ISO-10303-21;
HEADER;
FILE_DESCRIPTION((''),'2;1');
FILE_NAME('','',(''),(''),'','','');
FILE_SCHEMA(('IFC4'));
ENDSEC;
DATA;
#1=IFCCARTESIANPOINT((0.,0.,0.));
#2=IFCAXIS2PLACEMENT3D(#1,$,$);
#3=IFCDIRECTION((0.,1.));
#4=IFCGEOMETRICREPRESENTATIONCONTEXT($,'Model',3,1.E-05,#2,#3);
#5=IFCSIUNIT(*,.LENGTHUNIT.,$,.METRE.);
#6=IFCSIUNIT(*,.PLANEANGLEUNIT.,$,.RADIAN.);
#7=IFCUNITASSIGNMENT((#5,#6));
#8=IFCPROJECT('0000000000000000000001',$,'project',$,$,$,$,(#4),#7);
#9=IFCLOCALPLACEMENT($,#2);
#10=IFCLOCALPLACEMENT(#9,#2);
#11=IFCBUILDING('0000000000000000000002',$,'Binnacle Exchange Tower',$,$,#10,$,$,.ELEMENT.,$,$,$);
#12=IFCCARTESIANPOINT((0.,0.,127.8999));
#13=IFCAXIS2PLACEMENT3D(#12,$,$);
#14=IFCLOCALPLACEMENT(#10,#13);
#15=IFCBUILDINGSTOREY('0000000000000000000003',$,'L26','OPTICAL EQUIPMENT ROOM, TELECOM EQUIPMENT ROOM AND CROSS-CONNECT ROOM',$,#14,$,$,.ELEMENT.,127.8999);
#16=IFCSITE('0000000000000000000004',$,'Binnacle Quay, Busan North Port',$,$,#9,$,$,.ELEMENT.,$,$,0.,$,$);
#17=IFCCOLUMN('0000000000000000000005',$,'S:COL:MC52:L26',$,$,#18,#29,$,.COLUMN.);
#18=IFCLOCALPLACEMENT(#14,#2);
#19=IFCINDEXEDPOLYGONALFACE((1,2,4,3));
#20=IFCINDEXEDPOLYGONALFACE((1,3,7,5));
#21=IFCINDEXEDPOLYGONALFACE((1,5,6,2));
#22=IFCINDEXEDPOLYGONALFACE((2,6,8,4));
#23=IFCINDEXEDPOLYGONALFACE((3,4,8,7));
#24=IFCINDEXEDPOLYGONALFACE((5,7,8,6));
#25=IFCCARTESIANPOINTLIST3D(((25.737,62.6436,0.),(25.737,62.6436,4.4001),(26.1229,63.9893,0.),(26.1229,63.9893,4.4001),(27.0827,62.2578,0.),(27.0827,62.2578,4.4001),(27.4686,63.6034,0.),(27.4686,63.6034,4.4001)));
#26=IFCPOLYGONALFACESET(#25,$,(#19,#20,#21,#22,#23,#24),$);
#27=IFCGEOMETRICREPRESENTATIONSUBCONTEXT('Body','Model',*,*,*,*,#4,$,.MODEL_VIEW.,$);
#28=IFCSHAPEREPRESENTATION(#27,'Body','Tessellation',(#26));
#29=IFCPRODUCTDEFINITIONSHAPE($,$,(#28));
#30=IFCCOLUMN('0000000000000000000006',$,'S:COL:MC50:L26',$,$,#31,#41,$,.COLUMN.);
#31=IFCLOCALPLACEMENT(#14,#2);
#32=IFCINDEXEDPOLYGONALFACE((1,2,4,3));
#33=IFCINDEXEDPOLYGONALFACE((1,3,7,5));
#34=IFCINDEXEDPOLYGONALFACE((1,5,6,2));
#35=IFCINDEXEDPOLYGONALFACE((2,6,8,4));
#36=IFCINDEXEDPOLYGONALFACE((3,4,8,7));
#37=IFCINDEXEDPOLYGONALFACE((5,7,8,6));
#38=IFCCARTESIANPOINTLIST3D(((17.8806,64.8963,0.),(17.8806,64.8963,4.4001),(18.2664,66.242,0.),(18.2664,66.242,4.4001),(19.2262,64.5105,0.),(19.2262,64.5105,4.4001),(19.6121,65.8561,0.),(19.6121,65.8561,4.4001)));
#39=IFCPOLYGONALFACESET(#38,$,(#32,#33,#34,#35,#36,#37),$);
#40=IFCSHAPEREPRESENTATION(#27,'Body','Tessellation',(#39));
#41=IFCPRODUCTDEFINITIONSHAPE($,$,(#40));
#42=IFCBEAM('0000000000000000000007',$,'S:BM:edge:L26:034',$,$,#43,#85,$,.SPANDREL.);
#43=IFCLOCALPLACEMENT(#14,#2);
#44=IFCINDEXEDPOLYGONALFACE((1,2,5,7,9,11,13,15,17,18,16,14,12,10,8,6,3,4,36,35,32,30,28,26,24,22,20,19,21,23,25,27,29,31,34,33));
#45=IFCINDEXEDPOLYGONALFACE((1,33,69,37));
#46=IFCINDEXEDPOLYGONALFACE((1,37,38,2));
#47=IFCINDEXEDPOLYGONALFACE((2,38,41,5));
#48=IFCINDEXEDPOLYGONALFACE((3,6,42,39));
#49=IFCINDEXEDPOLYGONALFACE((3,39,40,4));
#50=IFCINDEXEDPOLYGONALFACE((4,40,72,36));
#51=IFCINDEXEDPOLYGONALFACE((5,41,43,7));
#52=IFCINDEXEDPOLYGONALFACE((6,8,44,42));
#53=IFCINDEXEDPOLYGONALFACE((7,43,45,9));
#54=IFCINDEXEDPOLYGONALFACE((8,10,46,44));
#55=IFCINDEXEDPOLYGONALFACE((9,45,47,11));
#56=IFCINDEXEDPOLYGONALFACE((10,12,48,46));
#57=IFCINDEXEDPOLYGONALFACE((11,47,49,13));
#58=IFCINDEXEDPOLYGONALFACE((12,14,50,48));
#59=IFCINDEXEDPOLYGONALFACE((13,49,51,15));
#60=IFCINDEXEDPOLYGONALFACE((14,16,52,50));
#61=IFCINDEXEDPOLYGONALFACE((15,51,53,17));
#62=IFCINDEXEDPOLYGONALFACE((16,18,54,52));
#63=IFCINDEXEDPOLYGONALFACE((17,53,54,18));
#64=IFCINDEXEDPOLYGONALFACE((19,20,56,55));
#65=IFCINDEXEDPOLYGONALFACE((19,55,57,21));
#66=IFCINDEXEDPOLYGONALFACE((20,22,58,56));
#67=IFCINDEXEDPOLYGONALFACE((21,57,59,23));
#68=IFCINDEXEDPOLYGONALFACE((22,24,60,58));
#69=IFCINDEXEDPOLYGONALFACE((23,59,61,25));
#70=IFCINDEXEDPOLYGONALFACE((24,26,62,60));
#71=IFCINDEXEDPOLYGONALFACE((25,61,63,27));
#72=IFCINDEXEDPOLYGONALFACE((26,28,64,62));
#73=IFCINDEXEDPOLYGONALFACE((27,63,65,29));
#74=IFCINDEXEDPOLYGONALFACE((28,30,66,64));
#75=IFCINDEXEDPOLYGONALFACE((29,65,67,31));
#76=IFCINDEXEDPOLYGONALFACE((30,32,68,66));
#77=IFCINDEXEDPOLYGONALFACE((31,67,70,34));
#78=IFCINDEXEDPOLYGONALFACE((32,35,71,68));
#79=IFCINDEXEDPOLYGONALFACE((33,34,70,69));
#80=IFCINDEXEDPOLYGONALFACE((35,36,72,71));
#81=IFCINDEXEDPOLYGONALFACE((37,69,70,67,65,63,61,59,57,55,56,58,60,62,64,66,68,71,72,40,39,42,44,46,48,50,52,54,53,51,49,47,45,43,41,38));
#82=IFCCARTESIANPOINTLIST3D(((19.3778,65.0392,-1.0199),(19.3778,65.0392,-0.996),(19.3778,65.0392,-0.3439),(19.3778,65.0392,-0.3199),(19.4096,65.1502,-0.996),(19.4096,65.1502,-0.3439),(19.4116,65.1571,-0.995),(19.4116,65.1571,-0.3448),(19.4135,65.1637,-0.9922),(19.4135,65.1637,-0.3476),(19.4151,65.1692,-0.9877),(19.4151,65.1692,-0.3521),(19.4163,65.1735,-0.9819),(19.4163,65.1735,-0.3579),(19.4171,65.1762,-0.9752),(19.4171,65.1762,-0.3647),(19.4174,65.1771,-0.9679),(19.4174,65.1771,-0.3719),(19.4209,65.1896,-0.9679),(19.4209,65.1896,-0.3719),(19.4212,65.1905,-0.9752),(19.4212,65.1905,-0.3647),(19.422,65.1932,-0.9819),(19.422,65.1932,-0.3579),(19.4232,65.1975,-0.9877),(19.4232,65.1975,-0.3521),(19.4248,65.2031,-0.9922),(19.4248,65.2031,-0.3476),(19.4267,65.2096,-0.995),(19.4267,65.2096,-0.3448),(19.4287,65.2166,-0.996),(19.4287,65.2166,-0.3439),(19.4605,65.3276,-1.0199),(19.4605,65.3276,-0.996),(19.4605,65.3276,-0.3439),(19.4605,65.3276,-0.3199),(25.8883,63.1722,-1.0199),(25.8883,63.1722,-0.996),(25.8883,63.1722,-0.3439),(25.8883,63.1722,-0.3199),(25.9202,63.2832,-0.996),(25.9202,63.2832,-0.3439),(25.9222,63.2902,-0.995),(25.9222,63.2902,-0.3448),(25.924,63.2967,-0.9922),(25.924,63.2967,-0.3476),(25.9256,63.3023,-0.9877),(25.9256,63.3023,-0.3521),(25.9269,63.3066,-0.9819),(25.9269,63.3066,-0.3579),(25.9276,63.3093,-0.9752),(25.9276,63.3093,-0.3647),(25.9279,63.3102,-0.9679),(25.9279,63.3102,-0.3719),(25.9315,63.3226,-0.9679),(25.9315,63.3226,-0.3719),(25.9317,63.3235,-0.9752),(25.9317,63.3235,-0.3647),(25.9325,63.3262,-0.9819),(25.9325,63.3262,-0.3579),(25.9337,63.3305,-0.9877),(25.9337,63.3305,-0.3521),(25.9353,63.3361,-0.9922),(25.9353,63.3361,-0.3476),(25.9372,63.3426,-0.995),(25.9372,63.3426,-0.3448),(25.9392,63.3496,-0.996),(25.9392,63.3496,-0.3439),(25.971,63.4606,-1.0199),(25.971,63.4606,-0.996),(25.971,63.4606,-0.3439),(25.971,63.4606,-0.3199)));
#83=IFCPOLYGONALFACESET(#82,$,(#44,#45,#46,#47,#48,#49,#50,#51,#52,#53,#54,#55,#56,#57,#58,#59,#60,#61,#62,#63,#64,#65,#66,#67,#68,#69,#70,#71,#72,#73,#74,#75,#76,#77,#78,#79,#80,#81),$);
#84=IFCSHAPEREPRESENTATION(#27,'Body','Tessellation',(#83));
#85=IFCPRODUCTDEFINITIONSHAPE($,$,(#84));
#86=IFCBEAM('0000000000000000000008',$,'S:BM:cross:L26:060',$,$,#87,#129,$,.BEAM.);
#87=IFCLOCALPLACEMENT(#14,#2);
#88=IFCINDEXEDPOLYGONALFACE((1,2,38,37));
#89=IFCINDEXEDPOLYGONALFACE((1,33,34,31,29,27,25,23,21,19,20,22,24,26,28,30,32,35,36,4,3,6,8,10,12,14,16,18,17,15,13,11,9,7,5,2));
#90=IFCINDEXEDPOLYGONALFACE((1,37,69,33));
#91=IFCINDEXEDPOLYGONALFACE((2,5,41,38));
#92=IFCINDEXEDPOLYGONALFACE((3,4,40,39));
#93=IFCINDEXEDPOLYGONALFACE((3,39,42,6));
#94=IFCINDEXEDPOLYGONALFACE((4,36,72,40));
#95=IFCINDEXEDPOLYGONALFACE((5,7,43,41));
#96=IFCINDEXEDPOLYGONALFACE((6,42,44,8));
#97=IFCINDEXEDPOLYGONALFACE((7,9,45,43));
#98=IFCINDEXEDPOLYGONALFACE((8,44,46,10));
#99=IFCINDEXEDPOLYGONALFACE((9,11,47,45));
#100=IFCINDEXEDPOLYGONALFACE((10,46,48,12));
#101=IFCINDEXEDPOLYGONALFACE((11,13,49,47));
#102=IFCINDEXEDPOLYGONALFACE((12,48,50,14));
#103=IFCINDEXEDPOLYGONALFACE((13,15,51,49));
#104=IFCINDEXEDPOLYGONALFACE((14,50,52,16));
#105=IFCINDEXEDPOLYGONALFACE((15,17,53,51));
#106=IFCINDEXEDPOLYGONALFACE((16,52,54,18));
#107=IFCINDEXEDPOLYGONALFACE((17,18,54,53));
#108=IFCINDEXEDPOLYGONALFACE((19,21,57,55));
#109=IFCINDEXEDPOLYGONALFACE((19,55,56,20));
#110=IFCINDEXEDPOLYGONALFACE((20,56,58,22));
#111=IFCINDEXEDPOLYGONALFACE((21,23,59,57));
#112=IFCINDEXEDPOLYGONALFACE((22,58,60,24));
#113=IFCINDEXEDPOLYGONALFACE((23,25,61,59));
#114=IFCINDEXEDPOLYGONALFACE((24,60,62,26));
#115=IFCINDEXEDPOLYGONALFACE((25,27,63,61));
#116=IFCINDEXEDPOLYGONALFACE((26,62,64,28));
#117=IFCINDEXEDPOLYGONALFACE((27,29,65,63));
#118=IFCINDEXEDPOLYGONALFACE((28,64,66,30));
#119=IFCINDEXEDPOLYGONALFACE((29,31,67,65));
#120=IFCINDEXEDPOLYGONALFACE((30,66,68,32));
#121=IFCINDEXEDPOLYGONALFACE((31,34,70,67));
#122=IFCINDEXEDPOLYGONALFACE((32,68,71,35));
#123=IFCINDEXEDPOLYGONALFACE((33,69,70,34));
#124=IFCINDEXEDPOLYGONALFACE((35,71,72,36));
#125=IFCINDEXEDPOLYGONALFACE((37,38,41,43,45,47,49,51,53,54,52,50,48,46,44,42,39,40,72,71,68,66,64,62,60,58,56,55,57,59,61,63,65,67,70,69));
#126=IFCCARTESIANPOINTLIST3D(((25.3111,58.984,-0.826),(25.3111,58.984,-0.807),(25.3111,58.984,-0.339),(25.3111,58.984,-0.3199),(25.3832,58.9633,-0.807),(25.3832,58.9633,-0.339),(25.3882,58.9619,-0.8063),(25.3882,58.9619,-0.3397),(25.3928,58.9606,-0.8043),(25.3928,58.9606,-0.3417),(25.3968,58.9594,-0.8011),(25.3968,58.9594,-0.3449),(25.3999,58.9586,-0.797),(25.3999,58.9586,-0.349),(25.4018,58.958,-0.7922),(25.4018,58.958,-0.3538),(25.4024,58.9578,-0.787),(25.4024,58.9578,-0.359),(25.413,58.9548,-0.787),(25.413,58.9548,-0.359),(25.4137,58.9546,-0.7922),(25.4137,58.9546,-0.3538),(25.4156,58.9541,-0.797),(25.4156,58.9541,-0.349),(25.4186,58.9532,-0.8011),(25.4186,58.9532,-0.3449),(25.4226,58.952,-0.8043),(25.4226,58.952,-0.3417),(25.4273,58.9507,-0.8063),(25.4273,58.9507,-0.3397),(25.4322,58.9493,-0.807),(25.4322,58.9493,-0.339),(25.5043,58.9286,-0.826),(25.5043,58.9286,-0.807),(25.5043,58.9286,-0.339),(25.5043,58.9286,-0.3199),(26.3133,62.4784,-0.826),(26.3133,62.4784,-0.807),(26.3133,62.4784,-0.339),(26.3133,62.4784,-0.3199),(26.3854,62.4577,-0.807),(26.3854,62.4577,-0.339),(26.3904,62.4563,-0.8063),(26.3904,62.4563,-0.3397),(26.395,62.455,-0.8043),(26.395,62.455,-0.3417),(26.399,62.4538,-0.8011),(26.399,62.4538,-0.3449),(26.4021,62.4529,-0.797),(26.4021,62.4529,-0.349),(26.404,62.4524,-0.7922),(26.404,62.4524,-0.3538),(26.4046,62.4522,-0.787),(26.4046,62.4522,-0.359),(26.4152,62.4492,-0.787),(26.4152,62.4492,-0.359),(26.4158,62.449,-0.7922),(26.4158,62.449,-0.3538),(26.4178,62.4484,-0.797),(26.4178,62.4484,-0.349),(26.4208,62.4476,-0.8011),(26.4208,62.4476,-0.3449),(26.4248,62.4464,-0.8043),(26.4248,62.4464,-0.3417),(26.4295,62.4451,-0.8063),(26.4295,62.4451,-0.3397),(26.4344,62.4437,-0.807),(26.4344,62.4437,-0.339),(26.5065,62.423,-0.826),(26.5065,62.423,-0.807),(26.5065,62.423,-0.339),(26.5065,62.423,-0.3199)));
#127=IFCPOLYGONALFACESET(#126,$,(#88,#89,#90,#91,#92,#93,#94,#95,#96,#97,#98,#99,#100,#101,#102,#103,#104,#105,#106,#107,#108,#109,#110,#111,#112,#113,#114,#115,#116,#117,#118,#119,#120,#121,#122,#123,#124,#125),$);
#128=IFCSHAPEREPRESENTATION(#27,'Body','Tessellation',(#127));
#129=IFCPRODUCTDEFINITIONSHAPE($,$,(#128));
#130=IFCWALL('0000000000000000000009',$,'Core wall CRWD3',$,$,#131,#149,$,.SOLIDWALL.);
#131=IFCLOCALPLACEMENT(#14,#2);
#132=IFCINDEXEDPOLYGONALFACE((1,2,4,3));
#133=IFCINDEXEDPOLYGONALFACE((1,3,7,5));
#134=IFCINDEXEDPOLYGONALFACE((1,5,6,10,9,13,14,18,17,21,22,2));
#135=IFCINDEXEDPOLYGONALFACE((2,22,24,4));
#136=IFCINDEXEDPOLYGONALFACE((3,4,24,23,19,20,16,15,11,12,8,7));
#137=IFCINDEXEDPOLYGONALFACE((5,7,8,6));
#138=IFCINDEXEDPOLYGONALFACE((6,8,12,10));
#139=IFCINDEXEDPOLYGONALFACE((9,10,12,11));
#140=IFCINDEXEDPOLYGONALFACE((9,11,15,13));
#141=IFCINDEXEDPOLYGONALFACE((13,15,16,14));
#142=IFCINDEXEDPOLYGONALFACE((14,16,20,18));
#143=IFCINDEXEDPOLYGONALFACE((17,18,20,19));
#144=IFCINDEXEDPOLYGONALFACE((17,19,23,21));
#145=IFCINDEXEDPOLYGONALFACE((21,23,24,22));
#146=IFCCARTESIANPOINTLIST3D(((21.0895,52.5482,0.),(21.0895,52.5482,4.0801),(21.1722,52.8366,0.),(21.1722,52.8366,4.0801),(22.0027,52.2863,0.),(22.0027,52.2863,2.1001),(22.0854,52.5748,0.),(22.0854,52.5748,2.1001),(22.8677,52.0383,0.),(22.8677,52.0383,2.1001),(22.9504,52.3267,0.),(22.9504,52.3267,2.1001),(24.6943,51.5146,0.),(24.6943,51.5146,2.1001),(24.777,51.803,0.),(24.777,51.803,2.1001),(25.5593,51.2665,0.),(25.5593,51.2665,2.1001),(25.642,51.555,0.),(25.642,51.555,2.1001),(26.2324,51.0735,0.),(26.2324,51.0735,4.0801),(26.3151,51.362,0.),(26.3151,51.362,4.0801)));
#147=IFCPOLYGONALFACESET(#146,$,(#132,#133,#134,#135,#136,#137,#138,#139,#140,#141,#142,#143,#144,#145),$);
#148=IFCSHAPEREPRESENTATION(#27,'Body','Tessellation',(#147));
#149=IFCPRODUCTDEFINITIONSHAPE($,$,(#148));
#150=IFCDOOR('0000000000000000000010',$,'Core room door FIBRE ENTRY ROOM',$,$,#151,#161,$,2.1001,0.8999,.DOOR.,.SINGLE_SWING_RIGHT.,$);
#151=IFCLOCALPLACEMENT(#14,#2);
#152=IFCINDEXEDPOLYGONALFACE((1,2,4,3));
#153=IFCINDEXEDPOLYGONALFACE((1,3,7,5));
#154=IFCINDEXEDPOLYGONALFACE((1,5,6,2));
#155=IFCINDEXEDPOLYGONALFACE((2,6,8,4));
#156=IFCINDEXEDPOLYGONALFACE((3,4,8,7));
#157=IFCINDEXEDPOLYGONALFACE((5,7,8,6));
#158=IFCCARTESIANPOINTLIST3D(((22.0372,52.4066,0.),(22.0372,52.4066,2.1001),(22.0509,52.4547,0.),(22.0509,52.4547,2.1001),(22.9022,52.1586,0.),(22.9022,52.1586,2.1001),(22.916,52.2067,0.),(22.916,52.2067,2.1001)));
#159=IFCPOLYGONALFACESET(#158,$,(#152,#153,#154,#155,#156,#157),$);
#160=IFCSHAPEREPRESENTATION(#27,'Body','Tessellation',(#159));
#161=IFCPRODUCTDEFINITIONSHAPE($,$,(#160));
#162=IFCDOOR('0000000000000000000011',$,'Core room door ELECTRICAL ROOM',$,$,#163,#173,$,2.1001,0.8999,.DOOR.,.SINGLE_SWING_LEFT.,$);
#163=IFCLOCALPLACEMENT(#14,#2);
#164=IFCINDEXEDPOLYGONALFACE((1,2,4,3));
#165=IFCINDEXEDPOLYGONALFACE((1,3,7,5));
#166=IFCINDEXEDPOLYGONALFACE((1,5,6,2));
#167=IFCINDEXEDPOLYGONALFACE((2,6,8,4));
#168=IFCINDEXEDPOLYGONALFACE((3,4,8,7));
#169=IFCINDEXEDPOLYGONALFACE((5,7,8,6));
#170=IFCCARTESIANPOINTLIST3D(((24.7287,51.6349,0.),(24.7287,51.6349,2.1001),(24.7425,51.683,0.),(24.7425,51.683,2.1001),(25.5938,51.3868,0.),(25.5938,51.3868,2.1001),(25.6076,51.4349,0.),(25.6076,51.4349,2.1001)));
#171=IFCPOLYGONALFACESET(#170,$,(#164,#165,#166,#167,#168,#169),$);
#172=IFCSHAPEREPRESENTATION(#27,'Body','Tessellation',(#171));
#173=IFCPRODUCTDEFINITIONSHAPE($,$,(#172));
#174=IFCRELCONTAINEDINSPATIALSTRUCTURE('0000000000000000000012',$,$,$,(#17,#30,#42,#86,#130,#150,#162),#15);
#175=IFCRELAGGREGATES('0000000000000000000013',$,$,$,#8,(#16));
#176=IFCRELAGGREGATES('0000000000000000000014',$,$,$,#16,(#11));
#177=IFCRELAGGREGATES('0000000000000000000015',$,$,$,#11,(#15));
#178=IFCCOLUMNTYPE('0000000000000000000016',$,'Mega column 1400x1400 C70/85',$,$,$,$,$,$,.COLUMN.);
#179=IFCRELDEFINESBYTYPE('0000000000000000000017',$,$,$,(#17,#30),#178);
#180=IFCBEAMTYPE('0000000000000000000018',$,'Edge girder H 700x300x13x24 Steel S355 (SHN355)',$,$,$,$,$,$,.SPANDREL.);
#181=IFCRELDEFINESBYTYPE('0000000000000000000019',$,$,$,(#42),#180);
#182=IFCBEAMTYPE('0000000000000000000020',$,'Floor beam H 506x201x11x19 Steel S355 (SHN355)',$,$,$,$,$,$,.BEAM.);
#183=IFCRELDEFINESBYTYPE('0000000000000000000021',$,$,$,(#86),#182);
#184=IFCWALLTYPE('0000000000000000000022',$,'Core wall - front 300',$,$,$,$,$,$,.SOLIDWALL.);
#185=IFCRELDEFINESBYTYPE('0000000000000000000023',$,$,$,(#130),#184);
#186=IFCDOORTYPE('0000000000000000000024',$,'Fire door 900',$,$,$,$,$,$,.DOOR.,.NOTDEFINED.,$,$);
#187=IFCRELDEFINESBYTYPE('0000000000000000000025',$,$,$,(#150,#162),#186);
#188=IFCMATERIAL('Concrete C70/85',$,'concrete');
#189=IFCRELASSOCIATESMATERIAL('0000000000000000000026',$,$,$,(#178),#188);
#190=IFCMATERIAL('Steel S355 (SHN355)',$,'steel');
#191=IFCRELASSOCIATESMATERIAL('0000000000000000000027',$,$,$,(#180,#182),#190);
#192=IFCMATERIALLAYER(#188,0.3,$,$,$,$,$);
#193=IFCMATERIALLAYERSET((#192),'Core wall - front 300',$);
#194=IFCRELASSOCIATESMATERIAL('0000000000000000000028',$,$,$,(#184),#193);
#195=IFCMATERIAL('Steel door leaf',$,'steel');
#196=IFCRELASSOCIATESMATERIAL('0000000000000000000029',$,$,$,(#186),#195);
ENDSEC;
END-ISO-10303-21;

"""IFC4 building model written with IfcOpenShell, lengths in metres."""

from ifc_helpers import new_model, si_unit, direction, frame, frame_2d, origin, origin_2d, place, context, subcontext, project, spatial, rectangle, i_section, extrude, material, layer, layer_set, material_profile, profile_set, type_object, element, fill, save


model = new_model("IFC4")

# Units and contexts
model_context = context("Model", 3, precision=1e-05, world=origin(), true_north=direction((0.0, 1.0)))
body_context = subcontext(model_context, "Body", "Model", "MODEL_VIEW")
ifc_project = project(units=[si_unit("LENGTHUNIT", "METRE"), si_unit("PLANEANGLEUNIT", "RADIAN")], contexts=[model_context])

# Site, building, storey
site_placement = place(None, origin())
site = spatial("IfcSite", under=ifc_project, at=site_placement, Name="Binnacle Quay, Busan North Port", CompositionType="ELEMENT", RefElevation=0.0)
building_placement = place(site_placement, origin())
building = spatial("IfcBuilding", under=site, at=building_placement, Name="Binnacle Exchange Tower", CompositionType="ELEMENT")
storey_placement = place(building_placement, frame((0.0, 0.0, 127.8999)))
storey = spatial("IfcBuildingStorey", under=building, at=storey_placement, Name="L26", Description="OPTICAL EQUIPMENT ROOM, TELECOM EQUIPMENT ROOM AND CROSS-CONNECT ROOM", CompositionType="ELEMENT", Elevation=127.8999)

# Columns
ifc_material_1 = material(Name="Concrete C70/85", Category="concrete")
ifc_material_profile_1 = material_profile(ifc_material_1, rectangle(XDim=1.3999, YDim=1.3999, at=origin_2d()), Name="Mega column 1400x1400 C70/85")
ifc_profile_set_1 = profile_set([ifc_material_profile_1], Name="Concrete C70/85")
column_type = type_object("IfcColumnType", Name="Mega column 1400x1400 C70/85", PredefinedType="COLUMN", material=ifc_profile_set_1)
for number, where, z_axis, x_axis, name in (
    (1, (26.6028, 63.1235, 0.0), (0.0, 0.0, 1.0), (-0.961262, 0.275637, 0.0), "S:COL:MC52:L26"),
    (2, (18.7463, 65.3762, 0.0), (0.0, 0.0, 1.0), (-0.961262, 0.275637, 0.0), "S:COL:MC50:L26"),
):
    element("IfcColumn", number, at=place(storey_placement, frame(where, z_axis=z_axis, x_axis=x_axis)), inside=storey, type_object=column_type, Name=name, PredefinedType="COLUMN", context=body_context, shape_type="SweptSolid", body=[
        extrude(rectangle(XDim=1.3999, YDim=1.3999, at=origin_2d()), origin(), (0.0, 0.0, 1.0), 4.4001),
    ])

# Beams
ifc_material_2 = material(Name="Steel S355 (SHN355)", Category="steel")
ifc_material_profile_2 = material_profile(ifc_material_2, i_section(OverallWidth=0.3, OverallDepth=0.7, WebThickness=0.0129, FlangeThickness=0.0239, FilletRadius=0.0281, at=origin_2d()), Name="H 700x300x13x24")
ifc_profile_set_2 = profile_set([ifc_material_profile_2], Name="Steel S355 (SHN355)")
beam_type_1 = type_object("IfcBeamType", Name="Edge girder H 700x300x13x24 Steel S355 (SHN355)", PredefinedType="SPANDREL", material=ifc_profile_set_2)
beam_1_placement = place(storey_placement, frame((25.9297, 63.3164, -0.6699), z_axis=(-0.961258, 0.275649, 0.0), x_axis=(-0.275649, -0.961258, 0.0)))
element("IfcBeam", 3, at=beam_1_placement, inside=storey, type_object=beam_type_1, Name="S:BM:edge:L26:034", PredefinedType="SPANDREL", context=body_context, shape_type="SweptSolid", body=[
    extrude(i_section(OverallWidth=0.3, OverallDepth=0.7, WebThickness=0.0129, FlangeThickness=0.0239, FilletRadius=0.0281, at=origin_2d()), origin(), (0.0, 0.0, 1.0), 6.7729),
])
ifc_material_profile_3 = material_profile(ifc_material_2, i_section(OverallWidth=0.2009, OverallDepth=0.5061, WebThickness=0.011, FlangeThickness=0.019, FilletRadius=0.02, at=origin_2d()), Name="H 506x201x11x19")
ifc_profile_set_3 = profile_set([ifc_material_profile_3], Name="Steel S355 (SHN355)")
beam_type_2 = type_object("IfcBeamType", Name="Floor beam H 506x201x11x19 Steel S355 (SHN355)", PredefinedType="BEAM", material=ifc_profile_set_3)
beam_2_placement = place(storey_placement, frame((26.4099, 62.4507, -0.573), z_axis=(-0.275688, -0.961247, 0.0), x_axis=(0.961247, -0.275688, 0.0)))
element("IfcBeam", 4, at=beam_2_placement, inside=storey, type_object=beam_type_2, Name="S:BM:cross:L26:060", PredefinedType="BEAM", context=body_context, shape_type="SweptSolid", body=[
    extrude(i_section(OverallWidth=0.2009, OverallDepth=0.5061, WebThickness=0.011, FlangeThickness=0.019, FilletRadius=0.02, at=origin_2d()), origin(), (0.0, 0.0, 1.0), 3.6353),
])

# Wall, openings, doors
ifc_layer_1 = layer(ifc_material_1, 0.3)
ifc_layer_set_1 = layer_set([ifc_layer_1], Name="Core wall - front 300")
wall_type_1 = type_object("IfcWallType", Name="Core wall - front 300", PredefinedType="SOLIDWALL", material=ifc_layer_set_1)
wall_1_placement = place(storey_placement, frame((21.1309, 52.6924, 0.0), z_axis=(0.0, 0.0, 1.0), x_axis=(0.961265, -0.275625, 0.0)))
wall_1 = element("IfcWall", 5, at=wall_1_placement, inside=storey, type_object=wall_type_1, Name="Core wall CRWD3", PredefinedType="SOLIDWALL", context=body_context, shape_type="SweptSolid", body=[
    extrude(rectangle(XDim=5.3501, YDim=0.3, at=frame_2d((2.675, 0.0))), origin(), (0.0, 0.0, 1.0), 4.0801),
])
opening_1_placement = place(wall_1_placement, frame((0.95, 0.0, 0.0)))
opening_1 = element("IfcOpeningElement", 6, at=opening_1_placement, cuts=wall_1, PredefinedType="OPENING", context=body_context, shape_type="SweptSolid", body=[
    extrude(rectangle(XDim=0.8999, YDim=2.1001, at=frame_2d((0.45, 1.05))), frame((0.0, 0.1599, 0.0), z_axis=(0.0, -1.0, 0.0), x_axis=(1.0, 0.0, 0.0)), (0.0, 0.0, 1.0), 0.3201),
])
opening_2_placement = place(wall_1_placement, frame((3.75, 0.0, 0.0)))
opening_2 = element("IfcOpeningElement", 7, at=opening_2_placement, cuts=wall_1, PredefinedType="OPENING", context=body_context, shape_type="SweptSolid", body=[
    extrude(rectangle(XDim=0.8999, YDim=2.1001, at=frame_2d((0.45, 1.05))), frame((0.0, 0.1599, 0.0), z_axis=(0.0, -1.0, 0.0), x_axis=(1.0, 0.0, 0.0)), (0.0, 0.0, 1.0), 0.3201),
])
ifc_material_3 = material(Name="Steel door leaf", Category="steel")
door_type_1 = type_object("IfcDoorType", Name="Fire door 900", OperationType="NOTDEFINED", PredefinedType="DOOR", material=ifc_material_3)
door_1_placement = place(opening_1_placement, frame((0.8999, 0.0, 0.0), z_axis=(0.0, 0.0, 1.0), x_axis=(-1.0, 0.0, 0.0)))
door_1 = element("IfcDoor", 8, at=door_1_placement, inside=storey, type_object=door_type_1, Name="Core room door FIBRE ENTRY ROOM", OperationType="SINGLE_SWING_RIGHT", OverallHeight=2.1001, OverallWidth=0.8999, PredefinedType="DOOR", context=body_context, shape_type="SweptSolid", body=[
    extrude(rectangle(XDim=0.8999, YDim=2.1001, at=frame_2d((0.45, 1.05))), frame((0.0, 0.0249, 0.0), z_axis=(0.0, -1.0, 0.0), x_axis=(1.0, 0.0, 0.0)), (0.0, 0.0, 1.0), 0.05),
])
fill(opening_1, door_1)
door_2_placement = place(opening_2_placement, frame((0.8999, 0.0, 0.0), z_axis=(0.0, 0.0, 1.0), x_axis=(-1.0, 0.0, 0.0)))
door_2 = element("IfcDoor", 9, at=door_2_placement, inside=storey, type_object=door_type_1, Name="Core room door ELECTRICAL ROOM", OperationType="SINGLE_SWING_LEFT", OverallHeight=2.1001, OverallWidth=0.8999, PredefinedType="DOOR", context=body_context, shape_type="SweptSolid", body=[
    extrude(rectangle(XDim=0.8999, YDim=2.1001, at=frame_2d((0.45, 1.05))), frame((0.0, 0.0249, 0.0), z_axis=(0.0, -1.0, 0.0), x_axis=(1.0, 0.0, 0.0)), (0.0, 0.0, 1.0), 0.05),
])
fill(opening_2, door_2)

save(model, "model.ifc")
